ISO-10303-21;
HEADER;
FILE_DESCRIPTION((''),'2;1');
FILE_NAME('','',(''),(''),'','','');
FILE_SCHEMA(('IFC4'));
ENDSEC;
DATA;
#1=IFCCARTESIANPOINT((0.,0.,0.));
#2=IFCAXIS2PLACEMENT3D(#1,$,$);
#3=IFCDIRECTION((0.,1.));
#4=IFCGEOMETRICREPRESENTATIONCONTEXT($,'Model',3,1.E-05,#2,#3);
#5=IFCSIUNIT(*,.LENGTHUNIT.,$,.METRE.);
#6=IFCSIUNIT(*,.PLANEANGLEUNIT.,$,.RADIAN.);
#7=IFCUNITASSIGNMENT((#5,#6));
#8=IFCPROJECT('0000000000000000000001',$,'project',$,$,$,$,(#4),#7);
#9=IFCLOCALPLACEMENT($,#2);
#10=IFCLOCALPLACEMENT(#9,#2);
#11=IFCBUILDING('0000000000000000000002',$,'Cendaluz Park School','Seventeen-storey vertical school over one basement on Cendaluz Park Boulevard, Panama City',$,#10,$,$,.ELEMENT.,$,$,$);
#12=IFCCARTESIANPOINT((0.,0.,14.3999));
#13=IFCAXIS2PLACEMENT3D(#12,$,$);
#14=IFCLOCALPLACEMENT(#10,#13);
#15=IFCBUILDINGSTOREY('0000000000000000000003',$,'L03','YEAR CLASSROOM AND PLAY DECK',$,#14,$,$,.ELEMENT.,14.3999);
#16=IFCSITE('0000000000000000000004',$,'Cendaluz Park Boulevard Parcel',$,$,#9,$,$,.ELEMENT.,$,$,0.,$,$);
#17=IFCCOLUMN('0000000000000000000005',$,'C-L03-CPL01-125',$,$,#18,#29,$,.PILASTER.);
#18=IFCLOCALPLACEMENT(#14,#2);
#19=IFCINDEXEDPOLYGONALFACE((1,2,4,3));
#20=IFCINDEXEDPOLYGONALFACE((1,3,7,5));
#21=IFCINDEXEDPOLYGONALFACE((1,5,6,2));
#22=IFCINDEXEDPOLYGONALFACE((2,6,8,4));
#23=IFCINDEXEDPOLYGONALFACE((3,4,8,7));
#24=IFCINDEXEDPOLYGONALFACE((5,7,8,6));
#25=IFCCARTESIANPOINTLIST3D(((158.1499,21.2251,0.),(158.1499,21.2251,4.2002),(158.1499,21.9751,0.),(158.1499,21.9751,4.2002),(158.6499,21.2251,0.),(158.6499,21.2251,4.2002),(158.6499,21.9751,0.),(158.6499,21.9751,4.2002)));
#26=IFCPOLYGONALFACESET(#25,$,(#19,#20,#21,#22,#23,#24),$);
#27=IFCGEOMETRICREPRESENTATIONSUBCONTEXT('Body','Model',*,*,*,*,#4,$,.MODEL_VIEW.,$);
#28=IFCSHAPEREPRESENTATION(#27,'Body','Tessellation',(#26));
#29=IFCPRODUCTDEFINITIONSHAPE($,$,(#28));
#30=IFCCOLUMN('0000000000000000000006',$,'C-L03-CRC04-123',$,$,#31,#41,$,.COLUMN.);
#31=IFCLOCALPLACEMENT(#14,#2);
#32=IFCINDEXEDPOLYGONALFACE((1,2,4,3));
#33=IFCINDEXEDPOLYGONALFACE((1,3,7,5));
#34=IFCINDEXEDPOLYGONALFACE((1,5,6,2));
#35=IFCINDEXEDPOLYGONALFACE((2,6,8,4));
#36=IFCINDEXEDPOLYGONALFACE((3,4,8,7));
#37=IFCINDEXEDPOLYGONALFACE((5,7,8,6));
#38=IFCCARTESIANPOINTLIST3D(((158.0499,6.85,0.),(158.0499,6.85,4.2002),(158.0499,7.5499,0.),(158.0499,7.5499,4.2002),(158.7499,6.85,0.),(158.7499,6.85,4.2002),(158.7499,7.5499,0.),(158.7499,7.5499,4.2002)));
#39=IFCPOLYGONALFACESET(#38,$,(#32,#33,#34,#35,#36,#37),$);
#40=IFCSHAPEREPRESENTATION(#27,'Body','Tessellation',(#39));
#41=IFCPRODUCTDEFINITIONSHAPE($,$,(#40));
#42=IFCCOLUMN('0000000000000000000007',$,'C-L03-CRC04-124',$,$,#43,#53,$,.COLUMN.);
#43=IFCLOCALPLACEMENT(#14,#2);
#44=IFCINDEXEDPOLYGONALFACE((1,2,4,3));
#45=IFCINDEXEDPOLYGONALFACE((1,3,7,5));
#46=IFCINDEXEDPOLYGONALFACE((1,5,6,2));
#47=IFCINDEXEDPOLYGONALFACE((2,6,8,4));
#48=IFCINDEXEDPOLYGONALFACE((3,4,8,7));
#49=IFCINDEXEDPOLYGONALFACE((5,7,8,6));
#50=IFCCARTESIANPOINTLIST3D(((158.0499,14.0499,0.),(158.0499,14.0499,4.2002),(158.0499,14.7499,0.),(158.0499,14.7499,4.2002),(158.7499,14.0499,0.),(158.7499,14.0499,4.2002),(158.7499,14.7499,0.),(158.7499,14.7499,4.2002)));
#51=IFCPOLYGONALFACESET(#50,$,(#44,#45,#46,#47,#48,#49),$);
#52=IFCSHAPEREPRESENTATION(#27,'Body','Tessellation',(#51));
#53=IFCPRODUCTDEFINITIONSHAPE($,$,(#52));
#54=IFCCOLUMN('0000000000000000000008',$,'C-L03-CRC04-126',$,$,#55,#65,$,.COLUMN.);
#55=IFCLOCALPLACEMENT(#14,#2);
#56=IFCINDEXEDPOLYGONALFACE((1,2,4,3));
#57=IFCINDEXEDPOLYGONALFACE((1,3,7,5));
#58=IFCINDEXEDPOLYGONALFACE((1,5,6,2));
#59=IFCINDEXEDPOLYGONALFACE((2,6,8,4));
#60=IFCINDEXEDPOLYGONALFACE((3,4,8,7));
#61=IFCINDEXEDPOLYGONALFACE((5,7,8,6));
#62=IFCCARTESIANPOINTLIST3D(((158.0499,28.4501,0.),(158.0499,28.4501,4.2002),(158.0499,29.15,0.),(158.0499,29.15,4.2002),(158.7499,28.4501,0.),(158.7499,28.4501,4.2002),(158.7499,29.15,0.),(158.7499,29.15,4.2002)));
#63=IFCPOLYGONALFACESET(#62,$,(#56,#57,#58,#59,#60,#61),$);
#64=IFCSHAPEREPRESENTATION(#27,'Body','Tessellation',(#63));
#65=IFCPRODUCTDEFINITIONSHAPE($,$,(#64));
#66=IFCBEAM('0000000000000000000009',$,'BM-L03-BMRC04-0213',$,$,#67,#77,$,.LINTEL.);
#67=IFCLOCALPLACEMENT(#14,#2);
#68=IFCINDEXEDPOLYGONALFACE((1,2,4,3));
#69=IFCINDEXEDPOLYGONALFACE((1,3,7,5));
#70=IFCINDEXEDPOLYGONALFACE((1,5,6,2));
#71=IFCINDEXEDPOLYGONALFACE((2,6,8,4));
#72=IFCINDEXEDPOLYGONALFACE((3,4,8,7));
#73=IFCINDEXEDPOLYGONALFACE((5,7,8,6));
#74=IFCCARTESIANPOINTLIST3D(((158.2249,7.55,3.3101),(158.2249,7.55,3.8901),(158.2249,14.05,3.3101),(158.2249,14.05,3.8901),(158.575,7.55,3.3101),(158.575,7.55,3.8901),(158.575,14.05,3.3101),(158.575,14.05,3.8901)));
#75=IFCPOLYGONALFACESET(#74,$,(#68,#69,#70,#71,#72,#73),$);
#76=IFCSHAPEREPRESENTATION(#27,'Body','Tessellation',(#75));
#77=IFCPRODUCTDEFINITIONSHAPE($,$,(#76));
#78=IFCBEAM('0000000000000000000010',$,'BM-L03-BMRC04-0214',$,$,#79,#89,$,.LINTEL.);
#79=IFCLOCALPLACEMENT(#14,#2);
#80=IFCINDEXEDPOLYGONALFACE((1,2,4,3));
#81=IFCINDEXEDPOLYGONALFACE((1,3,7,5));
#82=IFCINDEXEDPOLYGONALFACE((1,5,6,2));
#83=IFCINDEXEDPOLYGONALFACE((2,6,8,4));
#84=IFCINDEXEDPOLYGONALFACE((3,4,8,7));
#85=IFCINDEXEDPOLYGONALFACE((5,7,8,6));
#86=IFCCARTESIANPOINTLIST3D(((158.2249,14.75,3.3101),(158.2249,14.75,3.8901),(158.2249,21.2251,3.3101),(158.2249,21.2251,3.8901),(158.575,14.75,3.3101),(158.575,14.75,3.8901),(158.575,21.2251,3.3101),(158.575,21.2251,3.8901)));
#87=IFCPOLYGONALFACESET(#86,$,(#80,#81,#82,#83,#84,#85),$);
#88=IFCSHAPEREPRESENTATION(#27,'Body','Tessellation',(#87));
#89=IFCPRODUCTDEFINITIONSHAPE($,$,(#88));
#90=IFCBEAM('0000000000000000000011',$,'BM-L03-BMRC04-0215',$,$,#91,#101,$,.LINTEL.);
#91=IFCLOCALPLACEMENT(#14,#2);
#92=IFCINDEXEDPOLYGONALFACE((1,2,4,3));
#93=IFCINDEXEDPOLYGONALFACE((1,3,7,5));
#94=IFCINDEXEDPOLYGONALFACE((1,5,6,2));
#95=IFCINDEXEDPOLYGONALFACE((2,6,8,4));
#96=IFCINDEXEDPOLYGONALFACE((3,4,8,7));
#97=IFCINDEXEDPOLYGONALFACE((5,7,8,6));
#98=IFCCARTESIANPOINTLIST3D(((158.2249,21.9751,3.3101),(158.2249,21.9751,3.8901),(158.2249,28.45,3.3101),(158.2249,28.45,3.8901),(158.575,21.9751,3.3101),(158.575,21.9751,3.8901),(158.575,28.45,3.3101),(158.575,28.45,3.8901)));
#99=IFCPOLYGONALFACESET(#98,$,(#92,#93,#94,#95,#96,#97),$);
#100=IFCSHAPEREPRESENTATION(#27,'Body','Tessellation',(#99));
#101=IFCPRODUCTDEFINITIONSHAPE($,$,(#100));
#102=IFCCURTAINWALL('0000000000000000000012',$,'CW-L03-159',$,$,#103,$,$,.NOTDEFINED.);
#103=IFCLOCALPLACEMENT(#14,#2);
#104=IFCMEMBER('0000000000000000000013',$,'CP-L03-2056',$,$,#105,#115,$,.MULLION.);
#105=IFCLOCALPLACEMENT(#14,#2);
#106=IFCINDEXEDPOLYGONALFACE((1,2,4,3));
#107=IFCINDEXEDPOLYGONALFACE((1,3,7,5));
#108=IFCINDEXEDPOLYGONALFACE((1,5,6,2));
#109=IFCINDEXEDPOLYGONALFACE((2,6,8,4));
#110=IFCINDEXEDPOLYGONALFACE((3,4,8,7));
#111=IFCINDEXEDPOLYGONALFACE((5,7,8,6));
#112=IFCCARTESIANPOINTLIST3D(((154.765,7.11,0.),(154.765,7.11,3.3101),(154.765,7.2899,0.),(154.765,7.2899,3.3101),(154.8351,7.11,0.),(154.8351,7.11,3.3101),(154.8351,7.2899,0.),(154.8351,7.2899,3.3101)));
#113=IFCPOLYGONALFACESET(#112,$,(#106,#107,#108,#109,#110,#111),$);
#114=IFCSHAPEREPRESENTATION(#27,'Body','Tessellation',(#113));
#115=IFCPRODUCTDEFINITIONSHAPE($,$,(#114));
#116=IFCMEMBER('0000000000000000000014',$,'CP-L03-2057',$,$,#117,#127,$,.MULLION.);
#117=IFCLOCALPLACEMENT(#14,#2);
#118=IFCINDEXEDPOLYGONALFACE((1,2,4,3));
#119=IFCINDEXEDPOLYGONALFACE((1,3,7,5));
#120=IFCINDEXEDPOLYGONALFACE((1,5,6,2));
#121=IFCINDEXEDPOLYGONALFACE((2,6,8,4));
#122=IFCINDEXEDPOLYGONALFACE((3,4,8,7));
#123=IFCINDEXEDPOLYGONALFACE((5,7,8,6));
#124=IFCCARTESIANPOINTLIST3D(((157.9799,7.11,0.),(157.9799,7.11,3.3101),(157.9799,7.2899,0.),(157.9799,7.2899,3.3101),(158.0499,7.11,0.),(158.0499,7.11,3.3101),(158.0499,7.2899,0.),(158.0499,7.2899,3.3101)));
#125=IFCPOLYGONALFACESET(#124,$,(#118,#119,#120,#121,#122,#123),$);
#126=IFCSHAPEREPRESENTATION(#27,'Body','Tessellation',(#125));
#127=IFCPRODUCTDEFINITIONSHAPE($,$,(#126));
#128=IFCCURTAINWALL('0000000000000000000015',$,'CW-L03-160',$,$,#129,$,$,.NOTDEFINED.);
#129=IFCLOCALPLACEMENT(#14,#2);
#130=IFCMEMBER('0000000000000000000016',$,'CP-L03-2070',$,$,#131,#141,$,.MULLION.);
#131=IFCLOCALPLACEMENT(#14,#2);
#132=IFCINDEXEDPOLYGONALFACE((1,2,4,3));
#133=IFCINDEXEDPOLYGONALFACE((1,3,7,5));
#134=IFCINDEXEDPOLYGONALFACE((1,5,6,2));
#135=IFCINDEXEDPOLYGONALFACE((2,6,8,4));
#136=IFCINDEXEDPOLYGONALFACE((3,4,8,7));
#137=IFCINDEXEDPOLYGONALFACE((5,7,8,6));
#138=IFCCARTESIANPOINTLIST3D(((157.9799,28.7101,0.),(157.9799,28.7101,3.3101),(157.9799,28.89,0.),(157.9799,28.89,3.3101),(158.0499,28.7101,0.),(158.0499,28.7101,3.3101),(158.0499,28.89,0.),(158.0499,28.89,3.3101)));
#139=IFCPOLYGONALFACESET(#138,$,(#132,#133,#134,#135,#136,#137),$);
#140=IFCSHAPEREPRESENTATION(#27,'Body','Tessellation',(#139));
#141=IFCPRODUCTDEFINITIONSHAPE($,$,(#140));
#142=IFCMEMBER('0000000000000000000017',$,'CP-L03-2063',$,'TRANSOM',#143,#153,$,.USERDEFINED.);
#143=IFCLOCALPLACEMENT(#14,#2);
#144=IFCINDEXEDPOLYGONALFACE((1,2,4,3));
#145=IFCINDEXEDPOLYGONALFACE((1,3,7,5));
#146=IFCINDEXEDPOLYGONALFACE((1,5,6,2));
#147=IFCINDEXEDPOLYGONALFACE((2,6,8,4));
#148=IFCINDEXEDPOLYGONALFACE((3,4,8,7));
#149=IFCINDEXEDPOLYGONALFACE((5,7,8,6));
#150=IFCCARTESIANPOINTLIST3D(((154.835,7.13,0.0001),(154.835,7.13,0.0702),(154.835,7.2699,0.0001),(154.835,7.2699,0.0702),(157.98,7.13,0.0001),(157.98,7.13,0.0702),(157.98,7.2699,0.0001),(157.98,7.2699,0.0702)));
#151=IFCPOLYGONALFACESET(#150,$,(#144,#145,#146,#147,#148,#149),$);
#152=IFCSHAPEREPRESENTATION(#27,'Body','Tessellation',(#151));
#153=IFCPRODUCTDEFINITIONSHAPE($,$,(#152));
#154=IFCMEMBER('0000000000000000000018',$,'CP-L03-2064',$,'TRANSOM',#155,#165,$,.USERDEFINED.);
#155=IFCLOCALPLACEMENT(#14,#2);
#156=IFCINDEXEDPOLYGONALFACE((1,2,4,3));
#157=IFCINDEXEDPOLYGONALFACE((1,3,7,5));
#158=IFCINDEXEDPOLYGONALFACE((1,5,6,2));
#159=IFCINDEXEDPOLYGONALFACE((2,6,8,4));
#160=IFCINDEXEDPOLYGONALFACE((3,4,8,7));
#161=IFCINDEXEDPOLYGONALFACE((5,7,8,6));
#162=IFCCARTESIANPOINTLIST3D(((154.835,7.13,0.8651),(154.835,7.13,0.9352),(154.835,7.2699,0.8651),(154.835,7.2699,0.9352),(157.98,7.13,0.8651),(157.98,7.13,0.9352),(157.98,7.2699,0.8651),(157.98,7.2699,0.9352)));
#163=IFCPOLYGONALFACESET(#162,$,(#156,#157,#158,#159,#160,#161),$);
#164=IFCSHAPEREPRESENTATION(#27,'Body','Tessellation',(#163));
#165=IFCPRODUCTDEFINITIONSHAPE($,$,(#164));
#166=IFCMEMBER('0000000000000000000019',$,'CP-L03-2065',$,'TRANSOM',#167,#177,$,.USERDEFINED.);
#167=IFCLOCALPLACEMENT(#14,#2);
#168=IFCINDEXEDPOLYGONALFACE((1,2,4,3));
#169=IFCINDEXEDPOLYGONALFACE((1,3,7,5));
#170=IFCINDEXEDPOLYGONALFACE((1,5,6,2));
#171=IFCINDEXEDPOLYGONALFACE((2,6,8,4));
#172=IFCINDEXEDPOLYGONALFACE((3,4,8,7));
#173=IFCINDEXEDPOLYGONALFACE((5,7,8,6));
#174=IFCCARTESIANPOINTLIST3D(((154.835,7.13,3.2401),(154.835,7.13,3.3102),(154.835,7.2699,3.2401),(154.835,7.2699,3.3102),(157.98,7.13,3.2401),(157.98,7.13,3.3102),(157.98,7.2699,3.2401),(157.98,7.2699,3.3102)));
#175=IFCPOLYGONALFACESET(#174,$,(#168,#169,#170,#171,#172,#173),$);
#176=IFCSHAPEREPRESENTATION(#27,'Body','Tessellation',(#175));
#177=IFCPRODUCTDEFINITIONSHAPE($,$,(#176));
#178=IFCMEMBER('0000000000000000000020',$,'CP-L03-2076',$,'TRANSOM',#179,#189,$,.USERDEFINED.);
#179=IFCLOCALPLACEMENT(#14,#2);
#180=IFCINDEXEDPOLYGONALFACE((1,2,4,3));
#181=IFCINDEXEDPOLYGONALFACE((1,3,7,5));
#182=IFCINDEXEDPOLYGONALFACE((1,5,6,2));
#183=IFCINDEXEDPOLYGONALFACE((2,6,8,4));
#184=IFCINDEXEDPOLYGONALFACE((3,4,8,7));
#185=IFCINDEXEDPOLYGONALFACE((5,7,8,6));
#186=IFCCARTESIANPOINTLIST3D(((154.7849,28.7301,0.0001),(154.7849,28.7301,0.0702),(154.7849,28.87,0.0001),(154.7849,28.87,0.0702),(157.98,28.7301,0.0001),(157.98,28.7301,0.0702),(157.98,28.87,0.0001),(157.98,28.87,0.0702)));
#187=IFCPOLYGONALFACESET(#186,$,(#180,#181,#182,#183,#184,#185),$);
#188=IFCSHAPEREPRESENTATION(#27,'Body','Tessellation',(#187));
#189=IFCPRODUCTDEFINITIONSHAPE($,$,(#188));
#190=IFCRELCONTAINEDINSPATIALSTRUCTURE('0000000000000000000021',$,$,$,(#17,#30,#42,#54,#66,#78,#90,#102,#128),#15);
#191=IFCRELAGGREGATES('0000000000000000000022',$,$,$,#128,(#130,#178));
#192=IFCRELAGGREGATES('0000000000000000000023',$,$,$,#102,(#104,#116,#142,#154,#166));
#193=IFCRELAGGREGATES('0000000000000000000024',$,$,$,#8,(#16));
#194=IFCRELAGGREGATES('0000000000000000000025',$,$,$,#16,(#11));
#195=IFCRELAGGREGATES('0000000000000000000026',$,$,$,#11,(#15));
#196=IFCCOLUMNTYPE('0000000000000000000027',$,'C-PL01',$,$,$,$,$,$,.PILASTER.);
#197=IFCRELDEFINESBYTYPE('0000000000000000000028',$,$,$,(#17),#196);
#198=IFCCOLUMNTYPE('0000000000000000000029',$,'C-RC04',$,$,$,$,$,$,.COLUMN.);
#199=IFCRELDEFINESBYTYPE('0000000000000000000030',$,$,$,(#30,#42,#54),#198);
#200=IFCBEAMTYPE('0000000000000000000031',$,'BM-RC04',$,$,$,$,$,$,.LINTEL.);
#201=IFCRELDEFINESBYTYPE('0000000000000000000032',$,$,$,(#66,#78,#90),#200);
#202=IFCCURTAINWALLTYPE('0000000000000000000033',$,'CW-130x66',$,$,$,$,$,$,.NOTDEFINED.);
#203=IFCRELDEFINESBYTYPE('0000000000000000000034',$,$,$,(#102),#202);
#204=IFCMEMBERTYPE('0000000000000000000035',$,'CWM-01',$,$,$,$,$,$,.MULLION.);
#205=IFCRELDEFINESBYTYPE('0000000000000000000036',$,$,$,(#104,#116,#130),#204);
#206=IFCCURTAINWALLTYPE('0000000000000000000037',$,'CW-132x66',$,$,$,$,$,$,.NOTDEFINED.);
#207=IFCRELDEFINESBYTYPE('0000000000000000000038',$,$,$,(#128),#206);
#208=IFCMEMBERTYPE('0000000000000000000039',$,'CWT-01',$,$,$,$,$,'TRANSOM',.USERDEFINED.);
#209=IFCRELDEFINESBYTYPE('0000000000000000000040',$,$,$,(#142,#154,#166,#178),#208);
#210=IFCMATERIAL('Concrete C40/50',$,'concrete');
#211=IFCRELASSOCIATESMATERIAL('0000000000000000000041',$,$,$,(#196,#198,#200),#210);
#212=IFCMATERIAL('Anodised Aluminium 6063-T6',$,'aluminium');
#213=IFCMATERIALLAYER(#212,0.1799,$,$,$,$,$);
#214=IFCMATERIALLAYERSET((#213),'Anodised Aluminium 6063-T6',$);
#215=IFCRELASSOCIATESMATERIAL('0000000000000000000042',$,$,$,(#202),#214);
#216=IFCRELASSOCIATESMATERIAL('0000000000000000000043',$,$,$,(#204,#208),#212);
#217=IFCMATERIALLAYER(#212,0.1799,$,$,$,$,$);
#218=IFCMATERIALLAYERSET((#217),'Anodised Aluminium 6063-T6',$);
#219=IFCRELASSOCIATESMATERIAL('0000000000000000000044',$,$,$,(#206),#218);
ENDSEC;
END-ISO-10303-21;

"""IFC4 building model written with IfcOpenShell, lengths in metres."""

from ifc_helpers import new_model, si_unit, direction, frame, origin, origin_2d, place, context, subcontext, project, spatial, rectangle, extrude, material, layer, layer_set, material_profile, profile_set, type_object, element, aggregate, save


model = new_model("IFC4")

# Units and contexts
model_context = context("Model", 3, precision=1e-05, world=origin(), true_north=direction((0.0, 1.0)))
body_context = subcontext(model_context, "Body", "Model", "MODEL_VIEW")
ifc_project = project(units=[si_unit("LENGTHUNIT", "METRE"), si_unit("PLANEANGLEUNIT", "RADIAN")], contexts=[model_context])

# Site, building, storey
site_placement = place(None, origin())
site = spatial("IfcSite", under=ifc_project, at=site_placement, Name="Cendaluz Park Boulevard Parcel", CompositionType="ELEMENT", RefElevation=0.0)
building_placement = place(site_placement, origin())
building = spatial("IfcBuilding", under=site, at=building_placement, Name="Cendaluz Park School", Description="Seventeen-storey vertical school over one basement on Cendaluz Park Boulevard, Panama City", CompositionType="ELEMENT")
storey_placement = place(building_placement, frame((0.0, 0.0, 14.3999)))
storey = spatial("IfcBuildingStorey", under=building, at=storey_placement, Name="L03", Description="YEAR CLASSROOM AND PLAY DECK", CompositionType="ELEMENT", Elevation=14.3999)

# Columns
ifc_material_1 = material(Name="Concrete C40/50", Category="concrete")
ifc_material_profile_1 = material_profile(ifc_material_1, rectangle(XDim=0.5, YDim=0.75, at=origin_2d()), Name="RC 500x750", Category="concrete")
ifc_profile_set_1 = profile_set([ifc_material_profile_1], Name="Concrete C40/50")
column_type_1 = type_object("IfcColumnType", Name="C-PL01", PredefinedType="PILASTER", material=ifc_profile_set_1)
column_placement = place(storey_placement, frame((158.3999, 21.6001, 0.0), z_axis=(0.0, 0.0, 1.0), x_axis=(1.0, 0.0, 0.0)))
element("IfcColumn", 1, at=column_placement, inside=storey, type_object=column_type_1, Name="C-L03-CPL01-125", PredefinedType="PILASTER", context=body_context, shape_type="SweptSolid", body=[
    extrude(rectangle(XDim=0.5, YDim=0.75, at=origin_2d()), origin(), (0.0, 0.0, 1.0), 4.2002),
])
ifc_material_profile_2 = material_profile(ifc_material_1, rectangle(XDim=0.7, YDim=0.7, at=origin_2d()), Name="RC 700x700", Category="concrete")
ifc_profile_set_2 = profile_set([ifc_material_profile_2], Name="Concrete C40/50")
column_type_2 = type_object("IfcColumnType", Name="C-RC04", PredefinedType="COLUMN", material=ifc_profile_set_2)
for number, where, z_axis, x_axis, name in (
    (2, (158.3999, 7.2, 0.0), (0.0, 0.0, 1.0), (1.0, 0.0, 0.0), "C-L03-CRC04-123"),
    (3, (158.3999, 14.3999, 0.0), (0.0, 0.0, 1.0), (1.0, 0.0, 0.0), "C-L03-CRC04-124"),
    (4, (158.3999, 28.8, 0.0), (0.0, 0.0, 1.0), (1.0, 0.0, 0.0), "C-L03-CRC04-126"),
):
    element("IfcColumn", number, at=place(storey_placement, frame(where, z_axis=z_axis, x_axis=x_axis)), inside=storey, type_object=column_type_2, Name=name, PredefinedType="COLUMN", context=body_context, shape_type="SweptSolid", body=[
        extrude(rectangle(XDim=0.7, YDim=0.7, at=origin_2d()), origin(), (0.0, 0.0, 1.0), 4.2002),
    ])

# Beams
ifc_material_profile_3 = material_profile(ifc_material_1, rectangle(XDim=0.3501, YDim=0.5801, at=origin_2d()), Name="RC 350x580", Category="concrete")
ifc_profile_set_3 = profile_set([ifc_material_profile_3], Name="Concrete C40/50")
beam_type = type_object("IfcBeamType", Name="BM-RC04", PredefinedType="LINTEL", material=ifc_profile_set_3)
beam_1_placement = place(storey_placement, frame((158.3999, 7.55, 3.6001), z_axis=(0.0, 1.0, 0.0), x_axis=(-1.0, 0.0, 0.0)))
element("IfcBeam", 5, at=beam_1_placement, inside=storey, type_object=beam_type, Name="BM-L03-BMRC04-0213", PredefinedType="LINTEL", context=body_context, shape_type="SweptSolid", body=[
    extrude(rectangle(XDim=0.3501, YDim=0.5801, at=origin_2d()), origin(), (0.0, 0.0, 1.0), 6.5),
])
beam_2_placement = place(storey_placement, frame((158.3999, 14.75, 3.6001), z_axis=(0.0, 1.0, 0.0), x_axis=(-1.0, 0.0, 0.0)))
element("IfcBeam", 6, at=beam_2_placement, inside=storey, type_object=beam_type, Name="BM-L03-BMRC04-0214", PredefinedType="LINTEL", context=body_context, shape_type="SweptSolid", body=[
    extrude(rectangle(XDim=0.3501, YDim=0.5801, at=origin_2d()), origin(), (0.0, 0.0, 1.0), 6.4751),
])
beam_3_placement = place(storey_placement, frame((158.3999, 21.9751, 3.6001), z_axis=(0.0, 1.0, 0.0), x_axis=(-1.0, 0.0, 0.0)))
element("IfcBeam", 7, at=beam_3_placement, inside=storey, type_object=beam_type, Name="BM-L03-BMRC04-0215", PredefinedType="LINTEL", context=body_context, shape_type="SweptSolid", body=[
    extrude(rectangle(XDim=0.3501, YDim=0.5801, at=origin_2d()), origin(), (0.0, 0.0, 1.0), 6.4749),
])

# Curtain wall, members
ifc_material_2 = material(Name="Anodised Aluminium 6063-T6", Category="aluminium")
ifc_layer_1 = layer(ifc_material_2, 0.1799)
ifc_layer_set_1 = layer_set([ifc_layer_1], Name="Anodised Aluminium 6063-T6")
curtain_wall_type_1 = type_object("IfcCurtainWallType", Name="CW-130x66", PredefinedType="NOTDEFINED", material=ifc_layer_set_1)
curtain_wall_1_placement = place(storey_placement, origin())
curtain_wall_1 = element("IfcCurtainWall", 8, at=curtain_wall_1_placement, inside=storey, type_object=curtain_wall_type_1, Name="CW-L03-159", PredefinedType="NOTDEFINED")
ifc_material_profile_4 = material_profile(ifc_material_2, rectangle(XDim=0.1799, YDim=0.0701, at=origin_2d()), Name="CWM 180x70", Category="aluminium")
ifc_profile_set_4 = profile_set([ifc_material_profile_4], Name="Anodised Aluminium 6063-T6")
member_type_1 = type_object("IfcMemberType", Name="CWM-01", PredefinedType="MULLION", material=ifc_profile_set_4)
member_1_placement = place(storey_placement, frame((154.8, 7.2, 0.0), z_axis=(0.0, 0.0, 1.0), x_axis=(0.0, 1.0, 0.0)))
member_1 = element("IfcMember", 9, at=member_1_placement, type_object=member_type_1, Name="CP-L03-2056", PredefinedType="MULLION", context=body_context, shape_type="SweptSolid", body=[
    extrude(rectangle(XDim=0.1799, YDim=0.0701, at=origin_2d()), origin(), (0.0, 0.0, 1.0), 3.3101),
])
member_2_placement = place(storey_placement, frame((158.0149, 7.2, 0.0), z_axis=(0.0, 0.0, 1.0), x_axis=(0.0, 1.0, 0.0)))
member_2 = element("IfcMember", 10, at=member_2_placement, type_object=member_type_1, Name="CP-L03-2057", PredefinedType="MULLION", context=body_context, shape_type="SweptSolid", body=[
    extrude(rectangle(XDim=0.1799, YDim=0.0701, at=origin_2d()), origin(), (0.0, 0.0, 1.0), 3.3101),
])

# Curtain wall, member
ifc_layer_2 = layer(ifc_material_2, 0.1799)
ifc_layer_set_2 = layer_set([ifc_layer_2], Name="Anodised Aluminium 6063-T6")
curtain_wall_type_2 = type_object("IfcCurtainWallType", Name="CW-132x66", PredefinedType="NOTDEFINED", material=ifc_layer_set_2)
curtain_wall_2_placement = place(storey_placement, origin())
curtain_wall_2 = element("IfcCurtainWall", 11, at=curtain_wall_2_placement, inside=storey, type_object=curtain_wall_type_2, Name="CW-L03-160", PredefinedType="NOTDEFINED")
member_3_placement = place(storey_placement, frame((158.0149, 28.8, 0.0), z_axis=(0.0, 0.0, 1.0), x_axis=(0.0, 1.0, 0.0)))
member_3 = element("IfcMember", 12, at=member_3_placement, type_object=member_type_1, Name="CP-L03-2070", PredefinedType="MULLION", context=body_context, shape_type="SweptSolid", body=[
    extrude(rectangle(XDim=0.1799, YDim=0.0701, at=origin_2d()), origin(), (0.0, 0.0, 1.0), 3.3101),
])

# Members
ifc_material_profile_5 = material_profile(ifc_material_2, rectangle(XDim=0.1399, YDim=0.0701, at=origin_2d()), Name="CWT 140x70", Category="aluminium")
ifc_profile_set_5 = profile_set([ifc_material_profile_5], Name="Anodised Aluminium 6063-T6")
member_type_2 = type_object("IfcMemberType", Name="CWT-01", ElementType="TRANSOM", PredefinedType="USERDEFINED", material=ifc_profile_set_5)
member_4_placement = place(storey_placement, frame((154.835, 7.2, 0.0352), z_axis=(1.0, 0.0, 0.0), x_axis=(0.0, 1.0, 0.0)))
member_4 = element("IfcMember", 13, at=member_4_placement, type_object=member_type_2, Name="CP-L03-2063", ObjectType="TRANSOM", PredefinedType="USERDEFINED", context=body_context, shape_type="SweptSolid", body=[
    extrude(rectangle(XDim=0.1399, YDim=0.0701, at=origin_2d()), origin(), (0.0, 0.0, 1.0), 3.145),
])
member_5_placement = place(storey_placement, frame((154.835, 7.2, 0.9001), z_axis=(1.0, 0.0, 0.0), x_axis=(0.0, 1.0, 0.0)))
member_5 = element("IfcMember", 14, at=member_5_placement, type_object=member_type_2, Name="CP-L03-2064", ObjectType="TRANSOM", PredefinedType="USERDEFINED", context=body_context, shape_type="SweptSolid", body=[
    extrude(rectangle(XDim=0.1399, YDim=0.0701, at=origin_2d()), origin(), (0.0, 0.0, 1.0), 3.145),
])
member_6_placement = place(storey_placement, frame((154.835, 7.2, 3.2751), z_axis=(1.0, 0.0, 0.0), x_axis=(0.0, 1.0, 0.0)))
member_6 = element("IfcMember", 15, at=member_6_placement, type_object=member_type_2, Name="CP-L03-2065", ObjectType="TRANSOM", PredefinedType="USERDEFINED", context=body_context, shape_type="SweptSolid", body=[
    extrude(rectangle(XDim=0.1399, YDim=0.0701, at=origin_2d()), origin(), (0.0, 0.0, 1.0), 3.145),
])
member_7_placement = place(storey_placement, frame((154.7849, 28.8, 0.0352), z_axis=(1.0, 0.0, 0.0), x_axis=(0.0, 1.0, 0.0)))
member_7 = element("IfcMember", 16, at=member_7_placement, type_object=member_type_2, Name="CP-L03-2076", ObjectType="TRANSOM", PredefinedType="USERDEFINED", context=body_context, shape_type="SweptSolid", body=[
    extrude(rectangle(XDim=0.1399, YDim=0.0701, at=origin_2d()), origin(), (0.0, 0.0, 1.0), 3.1951),
])

aggregate(curtain_wall_2, [member_3, member_7])
aggregate(curtain_wall_1, [member_1, member_2, member_4, member_5, member_6])

save(model, "model.ifc")
